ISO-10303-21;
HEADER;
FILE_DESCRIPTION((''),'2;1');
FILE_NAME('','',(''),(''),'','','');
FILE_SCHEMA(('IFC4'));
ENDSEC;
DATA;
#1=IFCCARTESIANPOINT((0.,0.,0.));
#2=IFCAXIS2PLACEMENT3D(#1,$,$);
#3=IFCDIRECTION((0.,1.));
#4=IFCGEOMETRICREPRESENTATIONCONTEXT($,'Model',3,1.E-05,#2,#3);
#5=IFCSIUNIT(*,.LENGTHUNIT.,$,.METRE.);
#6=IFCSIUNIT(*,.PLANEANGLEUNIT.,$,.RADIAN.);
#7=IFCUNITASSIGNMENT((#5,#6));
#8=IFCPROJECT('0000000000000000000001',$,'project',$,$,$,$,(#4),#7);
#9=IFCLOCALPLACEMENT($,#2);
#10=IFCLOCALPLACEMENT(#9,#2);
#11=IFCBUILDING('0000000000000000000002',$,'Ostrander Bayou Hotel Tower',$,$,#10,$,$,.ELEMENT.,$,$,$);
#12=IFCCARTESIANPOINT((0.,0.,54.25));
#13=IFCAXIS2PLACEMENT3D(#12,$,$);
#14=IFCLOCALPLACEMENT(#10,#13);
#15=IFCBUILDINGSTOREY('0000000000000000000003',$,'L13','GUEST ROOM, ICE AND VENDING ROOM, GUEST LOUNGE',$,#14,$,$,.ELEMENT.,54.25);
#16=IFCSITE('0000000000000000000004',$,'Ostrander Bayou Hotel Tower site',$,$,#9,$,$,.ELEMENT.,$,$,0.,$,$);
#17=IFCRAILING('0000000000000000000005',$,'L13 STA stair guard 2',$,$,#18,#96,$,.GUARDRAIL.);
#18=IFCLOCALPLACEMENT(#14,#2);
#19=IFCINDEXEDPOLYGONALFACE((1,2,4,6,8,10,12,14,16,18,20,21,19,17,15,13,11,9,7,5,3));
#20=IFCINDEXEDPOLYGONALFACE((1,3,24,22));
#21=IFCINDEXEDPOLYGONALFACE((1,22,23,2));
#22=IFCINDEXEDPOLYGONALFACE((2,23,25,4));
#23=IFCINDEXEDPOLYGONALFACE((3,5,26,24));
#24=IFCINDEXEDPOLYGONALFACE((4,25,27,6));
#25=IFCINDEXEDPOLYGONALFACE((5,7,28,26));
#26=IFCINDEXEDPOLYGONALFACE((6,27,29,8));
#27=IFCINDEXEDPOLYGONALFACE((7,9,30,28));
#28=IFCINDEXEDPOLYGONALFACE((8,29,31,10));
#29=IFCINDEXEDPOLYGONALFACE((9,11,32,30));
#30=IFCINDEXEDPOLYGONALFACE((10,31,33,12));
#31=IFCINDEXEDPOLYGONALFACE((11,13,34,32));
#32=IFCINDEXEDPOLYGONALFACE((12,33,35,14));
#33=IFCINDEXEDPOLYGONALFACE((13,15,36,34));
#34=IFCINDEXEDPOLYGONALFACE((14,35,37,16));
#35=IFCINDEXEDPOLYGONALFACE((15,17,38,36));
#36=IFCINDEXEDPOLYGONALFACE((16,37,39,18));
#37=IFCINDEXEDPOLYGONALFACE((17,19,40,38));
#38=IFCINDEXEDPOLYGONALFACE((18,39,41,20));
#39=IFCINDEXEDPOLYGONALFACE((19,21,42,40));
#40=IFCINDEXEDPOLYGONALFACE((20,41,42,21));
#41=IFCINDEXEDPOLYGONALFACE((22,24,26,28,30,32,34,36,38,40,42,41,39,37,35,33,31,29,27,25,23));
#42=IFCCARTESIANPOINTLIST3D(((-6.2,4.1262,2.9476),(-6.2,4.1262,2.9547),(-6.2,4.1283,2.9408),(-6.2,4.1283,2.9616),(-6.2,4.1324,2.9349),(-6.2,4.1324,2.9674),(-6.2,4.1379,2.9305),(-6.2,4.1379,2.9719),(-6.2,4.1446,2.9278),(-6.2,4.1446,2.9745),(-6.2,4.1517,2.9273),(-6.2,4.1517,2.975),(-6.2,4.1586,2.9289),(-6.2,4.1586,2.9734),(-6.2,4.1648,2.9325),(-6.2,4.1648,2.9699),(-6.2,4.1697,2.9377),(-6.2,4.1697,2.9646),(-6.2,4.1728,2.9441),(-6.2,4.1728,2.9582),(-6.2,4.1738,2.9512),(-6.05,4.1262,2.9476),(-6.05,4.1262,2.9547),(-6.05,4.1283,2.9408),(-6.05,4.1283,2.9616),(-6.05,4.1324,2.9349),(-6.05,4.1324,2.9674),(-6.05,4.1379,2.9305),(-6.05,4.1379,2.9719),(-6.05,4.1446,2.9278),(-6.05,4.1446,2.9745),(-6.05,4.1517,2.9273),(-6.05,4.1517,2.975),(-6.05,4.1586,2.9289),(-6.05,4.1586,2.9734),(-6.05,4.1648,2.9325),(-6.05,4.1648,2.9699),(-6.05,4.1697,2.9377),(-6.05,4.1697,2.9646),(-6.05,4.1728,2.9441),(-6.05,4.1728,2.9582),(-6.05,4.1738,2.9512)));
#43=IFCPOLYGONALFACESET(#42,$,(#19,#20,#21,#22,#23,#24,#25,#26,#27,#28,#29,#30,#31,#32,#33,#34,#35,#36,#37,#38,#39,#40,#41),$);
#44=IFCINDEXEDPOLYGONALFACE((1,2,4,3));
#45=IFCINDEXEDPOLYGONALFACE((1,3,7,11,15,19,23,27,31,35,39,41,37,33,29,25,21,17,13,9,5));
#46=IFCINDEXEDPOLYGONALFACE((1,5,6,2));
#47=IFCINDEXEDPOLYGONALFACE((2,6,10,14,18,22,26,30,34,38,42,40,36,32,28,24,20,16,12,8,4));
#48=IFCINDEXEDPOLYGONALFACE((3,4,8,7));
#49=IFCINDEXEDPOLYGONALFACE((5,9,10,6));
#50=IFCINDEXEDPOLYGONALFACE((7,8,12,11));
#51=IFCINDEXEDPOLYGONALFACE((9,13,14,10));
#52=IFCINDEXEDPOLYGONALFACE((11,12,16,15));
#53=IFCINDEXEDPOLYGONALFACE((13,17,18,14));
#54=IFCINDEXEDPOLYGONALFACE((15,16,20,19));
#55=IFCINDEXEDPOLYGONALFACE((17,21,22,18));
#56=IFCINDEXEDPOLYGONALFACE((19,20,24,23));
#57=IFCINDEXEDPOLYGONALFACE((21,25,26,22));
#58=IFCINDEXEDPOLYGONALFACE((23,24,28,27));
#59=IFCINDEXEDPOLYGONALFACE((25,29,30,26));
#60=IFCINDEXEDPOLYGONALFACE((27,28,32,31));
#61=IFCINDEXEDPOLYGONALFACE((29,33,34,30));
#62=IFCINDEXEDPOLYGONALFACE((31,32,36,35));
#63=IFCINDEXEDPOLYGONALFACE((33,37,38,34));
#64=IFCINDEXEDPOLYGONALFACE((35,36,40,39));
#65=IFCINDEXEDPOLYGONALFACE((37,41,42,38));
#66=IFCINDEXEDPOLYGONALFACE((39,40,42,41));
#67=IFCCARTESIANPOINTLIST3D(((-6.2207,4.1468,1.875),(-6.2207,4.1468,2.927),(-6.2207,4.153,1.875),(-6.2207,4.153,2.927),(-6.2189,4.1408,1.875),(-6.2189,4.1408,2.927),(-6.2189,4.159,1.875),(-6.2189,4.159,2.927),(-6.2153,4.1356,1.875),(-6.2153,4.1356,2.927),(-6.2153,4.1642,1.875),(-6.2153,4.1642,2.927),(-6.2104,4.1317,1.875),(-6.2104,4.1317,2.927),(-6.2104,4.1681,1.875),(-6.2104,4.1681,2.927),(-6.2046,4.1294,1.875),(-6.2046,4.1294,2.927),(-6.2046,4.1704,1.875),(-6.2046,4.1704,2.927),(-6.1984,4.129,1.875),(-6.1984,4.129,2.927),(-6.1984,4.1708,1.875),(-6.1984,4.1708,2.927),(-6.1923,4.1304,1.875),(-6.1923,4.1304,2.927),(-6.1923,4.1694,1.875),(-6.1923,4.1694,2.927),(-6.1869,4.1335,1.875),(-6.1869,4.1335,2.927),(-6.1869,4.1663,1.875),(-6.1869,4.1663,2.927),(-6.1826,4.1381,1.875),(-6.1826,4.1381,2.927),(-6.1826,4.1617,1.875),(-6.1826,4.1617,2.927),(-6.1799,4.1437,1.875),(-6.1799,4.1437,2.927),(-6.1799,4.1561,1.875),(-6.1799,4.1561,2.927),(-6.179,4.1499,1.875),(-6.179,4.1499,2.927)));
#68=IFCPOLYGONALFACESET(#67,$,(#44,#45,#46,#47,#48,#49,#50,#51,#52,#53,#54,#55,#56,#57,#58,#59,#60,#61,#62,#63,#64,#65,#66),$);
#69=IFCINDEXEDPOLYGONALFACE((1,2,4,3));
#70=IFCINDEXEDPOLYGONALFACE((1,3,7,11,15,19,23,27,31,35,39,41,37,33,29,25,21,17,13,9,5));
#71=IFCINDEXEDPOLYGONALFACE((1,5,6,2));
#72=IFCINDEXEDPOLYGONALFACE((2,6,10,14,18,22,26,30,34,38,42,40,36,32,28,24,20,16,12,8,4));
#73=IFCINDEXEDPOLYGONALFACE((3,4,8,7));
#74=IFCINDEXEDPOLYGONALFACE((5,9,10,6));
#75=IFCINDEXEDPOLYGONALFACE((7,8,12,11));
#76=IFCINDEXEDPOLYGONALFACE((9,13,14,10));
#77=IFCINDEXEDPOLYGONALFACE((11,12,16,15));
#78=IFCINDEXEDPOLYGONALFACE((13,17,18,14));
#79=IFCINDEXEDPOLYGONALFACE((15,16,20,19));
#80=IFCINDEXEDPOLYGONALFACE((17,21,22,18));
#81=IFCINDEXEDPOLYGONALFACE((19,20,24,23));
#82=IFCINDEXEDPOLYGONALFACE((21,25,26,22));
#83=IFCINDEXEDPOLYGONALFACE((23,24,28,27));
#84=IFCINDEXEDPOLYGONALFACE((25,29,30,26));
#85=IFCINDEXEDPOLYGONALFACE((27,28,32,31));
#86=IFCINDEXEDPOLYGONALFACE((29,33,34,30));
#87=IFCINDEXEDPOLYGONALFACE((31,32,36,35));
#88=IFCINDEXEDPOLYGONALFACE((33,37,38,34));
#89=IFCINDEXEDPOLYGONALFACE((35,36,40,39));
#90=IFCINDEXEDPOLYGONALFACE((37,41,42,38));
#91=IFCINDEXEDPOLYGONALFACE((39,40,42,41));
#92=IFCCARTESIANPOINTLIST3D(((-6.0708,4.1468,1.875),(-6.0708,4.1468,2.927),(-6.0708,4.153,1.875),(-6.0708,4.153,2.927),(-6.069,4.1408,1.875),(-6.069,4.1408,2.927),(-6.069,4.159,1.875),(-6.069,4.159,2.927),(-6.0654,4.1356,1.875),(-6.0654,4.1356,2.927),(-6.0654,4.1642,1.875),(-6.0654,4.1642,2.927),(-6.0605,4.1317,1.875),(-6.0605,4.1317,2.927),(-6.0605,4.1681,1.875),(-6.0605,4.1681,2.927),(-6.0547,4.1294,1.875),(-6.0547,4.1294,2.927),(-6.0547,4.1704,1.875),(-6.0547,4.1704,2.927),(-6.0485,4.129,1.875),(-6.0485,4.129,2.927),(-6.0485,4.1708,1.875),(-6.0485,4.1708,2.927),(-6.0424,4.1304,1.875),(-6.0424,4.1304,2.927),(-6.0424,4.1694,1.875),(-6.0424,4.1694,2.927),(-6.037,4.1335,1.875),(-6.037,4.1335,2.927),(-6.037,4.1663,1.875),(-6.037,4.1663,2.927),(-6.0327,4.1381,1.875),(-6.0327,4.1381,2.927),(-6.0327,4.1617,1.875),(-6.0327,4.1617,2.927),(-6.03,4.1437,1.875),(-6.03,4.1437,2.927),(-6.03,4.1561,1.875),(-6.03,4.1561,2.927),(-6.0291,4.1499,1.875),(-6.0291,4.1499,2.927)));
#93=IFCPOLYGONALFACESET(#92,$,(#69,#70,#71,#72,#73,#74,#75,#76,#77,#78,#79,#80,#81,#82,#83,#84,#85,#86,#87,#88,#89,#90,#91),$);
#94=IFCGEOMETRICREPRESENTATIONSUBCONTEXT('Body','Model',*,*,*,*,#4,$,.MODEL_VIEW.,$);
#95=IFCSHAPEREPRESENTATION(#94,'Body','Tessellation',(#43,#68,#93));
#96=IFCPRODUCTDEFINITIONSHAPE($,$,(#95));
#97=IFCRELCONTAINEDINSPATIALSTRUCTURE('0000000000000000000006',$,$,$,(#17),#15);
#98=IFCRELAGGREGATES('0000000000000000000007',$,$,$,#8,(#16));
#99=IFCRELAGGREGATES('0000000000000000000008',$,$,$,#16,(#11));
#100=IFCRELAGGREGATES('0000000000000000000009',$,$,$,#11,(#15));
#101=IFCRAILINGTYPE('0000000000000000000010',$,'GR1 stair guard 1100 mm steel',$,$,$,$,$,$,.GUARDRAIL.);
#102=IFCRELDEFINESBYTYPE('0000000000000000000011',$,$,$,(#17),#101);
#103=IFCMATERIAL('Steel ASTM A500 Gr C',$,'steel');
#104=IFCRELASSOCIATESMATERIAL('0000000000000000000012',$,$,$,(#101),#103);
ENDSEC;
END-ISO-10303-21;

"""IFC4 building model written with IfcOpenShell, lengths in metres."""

from ifc_helpers import new_model, si_unit, direction, frame, origin, origin_2d, place, context, subcontext, project, spatial, circle, extrude, material, type_object, element, save


model = new_model("IFC4")

# Units and contexts
model_context = context("Model", 3, precision=1e-05, world=origin(), true_north=direction((0.0, 1.0)))
body_context = subcontext(model_context, "Body", "Model", "MODEL_VIEW")
ifc_project = project(units=[si_unit("LENGTHUNIT", "METRE"), si_unit("PLANEANGLEUNIT", "RADIAN")], contexts=[model_context])

# Site, building, storey
site_placement = place(None, origin())
site = spatial("IfcSite", under=ifc_project, at=site_placement, Name="Ostrander Bayou Hotel Tower site", CompositionType="ELEMENT", RefElevation=0.0)
building_placement = place(site_placement, origin())
building = spatial("IfcBuilding", under=site, at=building_placement, Name="Ostrander Bayou Hotel Tower", CompositionType="ELEMENT")
storey_placement = place(building_placement, frame((0.0, 0.0, 54.25)))
storey = spatial("IfcBuildingStorey", under=building, at=storey_placement, Name="L13", Description="GUEST ROOM, ICE AND VENDING ROOM, GUEST LOUNGE", CompositionType="ELEMENT", Elevation=54.25)

# Railing
ifc_material_1 = material(Name="Steel ASTM A500 Gr C", Category="steel")
railing_type_1 = type_object("IfcRailingType", Name="GR1 stair guard 1100 mm steel", PredefinedType="GUARDRAIL", material=ifc_material_1)
railing_1_placement = place(storey_placement, frame((-6.2, 4.1499, 1.875)))
element("IfcRailing", 1, at=railing_1_placement, inside=storey, type_object=railing_type_1, Name="L13 STA stair guard 2", PredefinedType="GUARDRAIL", context=body_context, shape_type="SweptSolid", body=[
    extrude(circle(Radius=0.0239, at=origin_2d()), frame((0.0, 0.0, 1.0762), z_axis=(1.0, 0.0, 0.0), x_axis=(0.0, 1.0, 0.0)), (0.0, 0.0, 1.0), 0.1499),
    extrude(circle(Radius=0.021, at=origin_2d()), origin(), (0.0, 0.0, 1.0), 1.052),
    extrude(circle(Radius=0.021, at=origin_2d()), frame((0.1499, 0.0, 0.0)), (0.0, 0.0, 1.0), 1.052),
])

save(model, "model.ifc")
